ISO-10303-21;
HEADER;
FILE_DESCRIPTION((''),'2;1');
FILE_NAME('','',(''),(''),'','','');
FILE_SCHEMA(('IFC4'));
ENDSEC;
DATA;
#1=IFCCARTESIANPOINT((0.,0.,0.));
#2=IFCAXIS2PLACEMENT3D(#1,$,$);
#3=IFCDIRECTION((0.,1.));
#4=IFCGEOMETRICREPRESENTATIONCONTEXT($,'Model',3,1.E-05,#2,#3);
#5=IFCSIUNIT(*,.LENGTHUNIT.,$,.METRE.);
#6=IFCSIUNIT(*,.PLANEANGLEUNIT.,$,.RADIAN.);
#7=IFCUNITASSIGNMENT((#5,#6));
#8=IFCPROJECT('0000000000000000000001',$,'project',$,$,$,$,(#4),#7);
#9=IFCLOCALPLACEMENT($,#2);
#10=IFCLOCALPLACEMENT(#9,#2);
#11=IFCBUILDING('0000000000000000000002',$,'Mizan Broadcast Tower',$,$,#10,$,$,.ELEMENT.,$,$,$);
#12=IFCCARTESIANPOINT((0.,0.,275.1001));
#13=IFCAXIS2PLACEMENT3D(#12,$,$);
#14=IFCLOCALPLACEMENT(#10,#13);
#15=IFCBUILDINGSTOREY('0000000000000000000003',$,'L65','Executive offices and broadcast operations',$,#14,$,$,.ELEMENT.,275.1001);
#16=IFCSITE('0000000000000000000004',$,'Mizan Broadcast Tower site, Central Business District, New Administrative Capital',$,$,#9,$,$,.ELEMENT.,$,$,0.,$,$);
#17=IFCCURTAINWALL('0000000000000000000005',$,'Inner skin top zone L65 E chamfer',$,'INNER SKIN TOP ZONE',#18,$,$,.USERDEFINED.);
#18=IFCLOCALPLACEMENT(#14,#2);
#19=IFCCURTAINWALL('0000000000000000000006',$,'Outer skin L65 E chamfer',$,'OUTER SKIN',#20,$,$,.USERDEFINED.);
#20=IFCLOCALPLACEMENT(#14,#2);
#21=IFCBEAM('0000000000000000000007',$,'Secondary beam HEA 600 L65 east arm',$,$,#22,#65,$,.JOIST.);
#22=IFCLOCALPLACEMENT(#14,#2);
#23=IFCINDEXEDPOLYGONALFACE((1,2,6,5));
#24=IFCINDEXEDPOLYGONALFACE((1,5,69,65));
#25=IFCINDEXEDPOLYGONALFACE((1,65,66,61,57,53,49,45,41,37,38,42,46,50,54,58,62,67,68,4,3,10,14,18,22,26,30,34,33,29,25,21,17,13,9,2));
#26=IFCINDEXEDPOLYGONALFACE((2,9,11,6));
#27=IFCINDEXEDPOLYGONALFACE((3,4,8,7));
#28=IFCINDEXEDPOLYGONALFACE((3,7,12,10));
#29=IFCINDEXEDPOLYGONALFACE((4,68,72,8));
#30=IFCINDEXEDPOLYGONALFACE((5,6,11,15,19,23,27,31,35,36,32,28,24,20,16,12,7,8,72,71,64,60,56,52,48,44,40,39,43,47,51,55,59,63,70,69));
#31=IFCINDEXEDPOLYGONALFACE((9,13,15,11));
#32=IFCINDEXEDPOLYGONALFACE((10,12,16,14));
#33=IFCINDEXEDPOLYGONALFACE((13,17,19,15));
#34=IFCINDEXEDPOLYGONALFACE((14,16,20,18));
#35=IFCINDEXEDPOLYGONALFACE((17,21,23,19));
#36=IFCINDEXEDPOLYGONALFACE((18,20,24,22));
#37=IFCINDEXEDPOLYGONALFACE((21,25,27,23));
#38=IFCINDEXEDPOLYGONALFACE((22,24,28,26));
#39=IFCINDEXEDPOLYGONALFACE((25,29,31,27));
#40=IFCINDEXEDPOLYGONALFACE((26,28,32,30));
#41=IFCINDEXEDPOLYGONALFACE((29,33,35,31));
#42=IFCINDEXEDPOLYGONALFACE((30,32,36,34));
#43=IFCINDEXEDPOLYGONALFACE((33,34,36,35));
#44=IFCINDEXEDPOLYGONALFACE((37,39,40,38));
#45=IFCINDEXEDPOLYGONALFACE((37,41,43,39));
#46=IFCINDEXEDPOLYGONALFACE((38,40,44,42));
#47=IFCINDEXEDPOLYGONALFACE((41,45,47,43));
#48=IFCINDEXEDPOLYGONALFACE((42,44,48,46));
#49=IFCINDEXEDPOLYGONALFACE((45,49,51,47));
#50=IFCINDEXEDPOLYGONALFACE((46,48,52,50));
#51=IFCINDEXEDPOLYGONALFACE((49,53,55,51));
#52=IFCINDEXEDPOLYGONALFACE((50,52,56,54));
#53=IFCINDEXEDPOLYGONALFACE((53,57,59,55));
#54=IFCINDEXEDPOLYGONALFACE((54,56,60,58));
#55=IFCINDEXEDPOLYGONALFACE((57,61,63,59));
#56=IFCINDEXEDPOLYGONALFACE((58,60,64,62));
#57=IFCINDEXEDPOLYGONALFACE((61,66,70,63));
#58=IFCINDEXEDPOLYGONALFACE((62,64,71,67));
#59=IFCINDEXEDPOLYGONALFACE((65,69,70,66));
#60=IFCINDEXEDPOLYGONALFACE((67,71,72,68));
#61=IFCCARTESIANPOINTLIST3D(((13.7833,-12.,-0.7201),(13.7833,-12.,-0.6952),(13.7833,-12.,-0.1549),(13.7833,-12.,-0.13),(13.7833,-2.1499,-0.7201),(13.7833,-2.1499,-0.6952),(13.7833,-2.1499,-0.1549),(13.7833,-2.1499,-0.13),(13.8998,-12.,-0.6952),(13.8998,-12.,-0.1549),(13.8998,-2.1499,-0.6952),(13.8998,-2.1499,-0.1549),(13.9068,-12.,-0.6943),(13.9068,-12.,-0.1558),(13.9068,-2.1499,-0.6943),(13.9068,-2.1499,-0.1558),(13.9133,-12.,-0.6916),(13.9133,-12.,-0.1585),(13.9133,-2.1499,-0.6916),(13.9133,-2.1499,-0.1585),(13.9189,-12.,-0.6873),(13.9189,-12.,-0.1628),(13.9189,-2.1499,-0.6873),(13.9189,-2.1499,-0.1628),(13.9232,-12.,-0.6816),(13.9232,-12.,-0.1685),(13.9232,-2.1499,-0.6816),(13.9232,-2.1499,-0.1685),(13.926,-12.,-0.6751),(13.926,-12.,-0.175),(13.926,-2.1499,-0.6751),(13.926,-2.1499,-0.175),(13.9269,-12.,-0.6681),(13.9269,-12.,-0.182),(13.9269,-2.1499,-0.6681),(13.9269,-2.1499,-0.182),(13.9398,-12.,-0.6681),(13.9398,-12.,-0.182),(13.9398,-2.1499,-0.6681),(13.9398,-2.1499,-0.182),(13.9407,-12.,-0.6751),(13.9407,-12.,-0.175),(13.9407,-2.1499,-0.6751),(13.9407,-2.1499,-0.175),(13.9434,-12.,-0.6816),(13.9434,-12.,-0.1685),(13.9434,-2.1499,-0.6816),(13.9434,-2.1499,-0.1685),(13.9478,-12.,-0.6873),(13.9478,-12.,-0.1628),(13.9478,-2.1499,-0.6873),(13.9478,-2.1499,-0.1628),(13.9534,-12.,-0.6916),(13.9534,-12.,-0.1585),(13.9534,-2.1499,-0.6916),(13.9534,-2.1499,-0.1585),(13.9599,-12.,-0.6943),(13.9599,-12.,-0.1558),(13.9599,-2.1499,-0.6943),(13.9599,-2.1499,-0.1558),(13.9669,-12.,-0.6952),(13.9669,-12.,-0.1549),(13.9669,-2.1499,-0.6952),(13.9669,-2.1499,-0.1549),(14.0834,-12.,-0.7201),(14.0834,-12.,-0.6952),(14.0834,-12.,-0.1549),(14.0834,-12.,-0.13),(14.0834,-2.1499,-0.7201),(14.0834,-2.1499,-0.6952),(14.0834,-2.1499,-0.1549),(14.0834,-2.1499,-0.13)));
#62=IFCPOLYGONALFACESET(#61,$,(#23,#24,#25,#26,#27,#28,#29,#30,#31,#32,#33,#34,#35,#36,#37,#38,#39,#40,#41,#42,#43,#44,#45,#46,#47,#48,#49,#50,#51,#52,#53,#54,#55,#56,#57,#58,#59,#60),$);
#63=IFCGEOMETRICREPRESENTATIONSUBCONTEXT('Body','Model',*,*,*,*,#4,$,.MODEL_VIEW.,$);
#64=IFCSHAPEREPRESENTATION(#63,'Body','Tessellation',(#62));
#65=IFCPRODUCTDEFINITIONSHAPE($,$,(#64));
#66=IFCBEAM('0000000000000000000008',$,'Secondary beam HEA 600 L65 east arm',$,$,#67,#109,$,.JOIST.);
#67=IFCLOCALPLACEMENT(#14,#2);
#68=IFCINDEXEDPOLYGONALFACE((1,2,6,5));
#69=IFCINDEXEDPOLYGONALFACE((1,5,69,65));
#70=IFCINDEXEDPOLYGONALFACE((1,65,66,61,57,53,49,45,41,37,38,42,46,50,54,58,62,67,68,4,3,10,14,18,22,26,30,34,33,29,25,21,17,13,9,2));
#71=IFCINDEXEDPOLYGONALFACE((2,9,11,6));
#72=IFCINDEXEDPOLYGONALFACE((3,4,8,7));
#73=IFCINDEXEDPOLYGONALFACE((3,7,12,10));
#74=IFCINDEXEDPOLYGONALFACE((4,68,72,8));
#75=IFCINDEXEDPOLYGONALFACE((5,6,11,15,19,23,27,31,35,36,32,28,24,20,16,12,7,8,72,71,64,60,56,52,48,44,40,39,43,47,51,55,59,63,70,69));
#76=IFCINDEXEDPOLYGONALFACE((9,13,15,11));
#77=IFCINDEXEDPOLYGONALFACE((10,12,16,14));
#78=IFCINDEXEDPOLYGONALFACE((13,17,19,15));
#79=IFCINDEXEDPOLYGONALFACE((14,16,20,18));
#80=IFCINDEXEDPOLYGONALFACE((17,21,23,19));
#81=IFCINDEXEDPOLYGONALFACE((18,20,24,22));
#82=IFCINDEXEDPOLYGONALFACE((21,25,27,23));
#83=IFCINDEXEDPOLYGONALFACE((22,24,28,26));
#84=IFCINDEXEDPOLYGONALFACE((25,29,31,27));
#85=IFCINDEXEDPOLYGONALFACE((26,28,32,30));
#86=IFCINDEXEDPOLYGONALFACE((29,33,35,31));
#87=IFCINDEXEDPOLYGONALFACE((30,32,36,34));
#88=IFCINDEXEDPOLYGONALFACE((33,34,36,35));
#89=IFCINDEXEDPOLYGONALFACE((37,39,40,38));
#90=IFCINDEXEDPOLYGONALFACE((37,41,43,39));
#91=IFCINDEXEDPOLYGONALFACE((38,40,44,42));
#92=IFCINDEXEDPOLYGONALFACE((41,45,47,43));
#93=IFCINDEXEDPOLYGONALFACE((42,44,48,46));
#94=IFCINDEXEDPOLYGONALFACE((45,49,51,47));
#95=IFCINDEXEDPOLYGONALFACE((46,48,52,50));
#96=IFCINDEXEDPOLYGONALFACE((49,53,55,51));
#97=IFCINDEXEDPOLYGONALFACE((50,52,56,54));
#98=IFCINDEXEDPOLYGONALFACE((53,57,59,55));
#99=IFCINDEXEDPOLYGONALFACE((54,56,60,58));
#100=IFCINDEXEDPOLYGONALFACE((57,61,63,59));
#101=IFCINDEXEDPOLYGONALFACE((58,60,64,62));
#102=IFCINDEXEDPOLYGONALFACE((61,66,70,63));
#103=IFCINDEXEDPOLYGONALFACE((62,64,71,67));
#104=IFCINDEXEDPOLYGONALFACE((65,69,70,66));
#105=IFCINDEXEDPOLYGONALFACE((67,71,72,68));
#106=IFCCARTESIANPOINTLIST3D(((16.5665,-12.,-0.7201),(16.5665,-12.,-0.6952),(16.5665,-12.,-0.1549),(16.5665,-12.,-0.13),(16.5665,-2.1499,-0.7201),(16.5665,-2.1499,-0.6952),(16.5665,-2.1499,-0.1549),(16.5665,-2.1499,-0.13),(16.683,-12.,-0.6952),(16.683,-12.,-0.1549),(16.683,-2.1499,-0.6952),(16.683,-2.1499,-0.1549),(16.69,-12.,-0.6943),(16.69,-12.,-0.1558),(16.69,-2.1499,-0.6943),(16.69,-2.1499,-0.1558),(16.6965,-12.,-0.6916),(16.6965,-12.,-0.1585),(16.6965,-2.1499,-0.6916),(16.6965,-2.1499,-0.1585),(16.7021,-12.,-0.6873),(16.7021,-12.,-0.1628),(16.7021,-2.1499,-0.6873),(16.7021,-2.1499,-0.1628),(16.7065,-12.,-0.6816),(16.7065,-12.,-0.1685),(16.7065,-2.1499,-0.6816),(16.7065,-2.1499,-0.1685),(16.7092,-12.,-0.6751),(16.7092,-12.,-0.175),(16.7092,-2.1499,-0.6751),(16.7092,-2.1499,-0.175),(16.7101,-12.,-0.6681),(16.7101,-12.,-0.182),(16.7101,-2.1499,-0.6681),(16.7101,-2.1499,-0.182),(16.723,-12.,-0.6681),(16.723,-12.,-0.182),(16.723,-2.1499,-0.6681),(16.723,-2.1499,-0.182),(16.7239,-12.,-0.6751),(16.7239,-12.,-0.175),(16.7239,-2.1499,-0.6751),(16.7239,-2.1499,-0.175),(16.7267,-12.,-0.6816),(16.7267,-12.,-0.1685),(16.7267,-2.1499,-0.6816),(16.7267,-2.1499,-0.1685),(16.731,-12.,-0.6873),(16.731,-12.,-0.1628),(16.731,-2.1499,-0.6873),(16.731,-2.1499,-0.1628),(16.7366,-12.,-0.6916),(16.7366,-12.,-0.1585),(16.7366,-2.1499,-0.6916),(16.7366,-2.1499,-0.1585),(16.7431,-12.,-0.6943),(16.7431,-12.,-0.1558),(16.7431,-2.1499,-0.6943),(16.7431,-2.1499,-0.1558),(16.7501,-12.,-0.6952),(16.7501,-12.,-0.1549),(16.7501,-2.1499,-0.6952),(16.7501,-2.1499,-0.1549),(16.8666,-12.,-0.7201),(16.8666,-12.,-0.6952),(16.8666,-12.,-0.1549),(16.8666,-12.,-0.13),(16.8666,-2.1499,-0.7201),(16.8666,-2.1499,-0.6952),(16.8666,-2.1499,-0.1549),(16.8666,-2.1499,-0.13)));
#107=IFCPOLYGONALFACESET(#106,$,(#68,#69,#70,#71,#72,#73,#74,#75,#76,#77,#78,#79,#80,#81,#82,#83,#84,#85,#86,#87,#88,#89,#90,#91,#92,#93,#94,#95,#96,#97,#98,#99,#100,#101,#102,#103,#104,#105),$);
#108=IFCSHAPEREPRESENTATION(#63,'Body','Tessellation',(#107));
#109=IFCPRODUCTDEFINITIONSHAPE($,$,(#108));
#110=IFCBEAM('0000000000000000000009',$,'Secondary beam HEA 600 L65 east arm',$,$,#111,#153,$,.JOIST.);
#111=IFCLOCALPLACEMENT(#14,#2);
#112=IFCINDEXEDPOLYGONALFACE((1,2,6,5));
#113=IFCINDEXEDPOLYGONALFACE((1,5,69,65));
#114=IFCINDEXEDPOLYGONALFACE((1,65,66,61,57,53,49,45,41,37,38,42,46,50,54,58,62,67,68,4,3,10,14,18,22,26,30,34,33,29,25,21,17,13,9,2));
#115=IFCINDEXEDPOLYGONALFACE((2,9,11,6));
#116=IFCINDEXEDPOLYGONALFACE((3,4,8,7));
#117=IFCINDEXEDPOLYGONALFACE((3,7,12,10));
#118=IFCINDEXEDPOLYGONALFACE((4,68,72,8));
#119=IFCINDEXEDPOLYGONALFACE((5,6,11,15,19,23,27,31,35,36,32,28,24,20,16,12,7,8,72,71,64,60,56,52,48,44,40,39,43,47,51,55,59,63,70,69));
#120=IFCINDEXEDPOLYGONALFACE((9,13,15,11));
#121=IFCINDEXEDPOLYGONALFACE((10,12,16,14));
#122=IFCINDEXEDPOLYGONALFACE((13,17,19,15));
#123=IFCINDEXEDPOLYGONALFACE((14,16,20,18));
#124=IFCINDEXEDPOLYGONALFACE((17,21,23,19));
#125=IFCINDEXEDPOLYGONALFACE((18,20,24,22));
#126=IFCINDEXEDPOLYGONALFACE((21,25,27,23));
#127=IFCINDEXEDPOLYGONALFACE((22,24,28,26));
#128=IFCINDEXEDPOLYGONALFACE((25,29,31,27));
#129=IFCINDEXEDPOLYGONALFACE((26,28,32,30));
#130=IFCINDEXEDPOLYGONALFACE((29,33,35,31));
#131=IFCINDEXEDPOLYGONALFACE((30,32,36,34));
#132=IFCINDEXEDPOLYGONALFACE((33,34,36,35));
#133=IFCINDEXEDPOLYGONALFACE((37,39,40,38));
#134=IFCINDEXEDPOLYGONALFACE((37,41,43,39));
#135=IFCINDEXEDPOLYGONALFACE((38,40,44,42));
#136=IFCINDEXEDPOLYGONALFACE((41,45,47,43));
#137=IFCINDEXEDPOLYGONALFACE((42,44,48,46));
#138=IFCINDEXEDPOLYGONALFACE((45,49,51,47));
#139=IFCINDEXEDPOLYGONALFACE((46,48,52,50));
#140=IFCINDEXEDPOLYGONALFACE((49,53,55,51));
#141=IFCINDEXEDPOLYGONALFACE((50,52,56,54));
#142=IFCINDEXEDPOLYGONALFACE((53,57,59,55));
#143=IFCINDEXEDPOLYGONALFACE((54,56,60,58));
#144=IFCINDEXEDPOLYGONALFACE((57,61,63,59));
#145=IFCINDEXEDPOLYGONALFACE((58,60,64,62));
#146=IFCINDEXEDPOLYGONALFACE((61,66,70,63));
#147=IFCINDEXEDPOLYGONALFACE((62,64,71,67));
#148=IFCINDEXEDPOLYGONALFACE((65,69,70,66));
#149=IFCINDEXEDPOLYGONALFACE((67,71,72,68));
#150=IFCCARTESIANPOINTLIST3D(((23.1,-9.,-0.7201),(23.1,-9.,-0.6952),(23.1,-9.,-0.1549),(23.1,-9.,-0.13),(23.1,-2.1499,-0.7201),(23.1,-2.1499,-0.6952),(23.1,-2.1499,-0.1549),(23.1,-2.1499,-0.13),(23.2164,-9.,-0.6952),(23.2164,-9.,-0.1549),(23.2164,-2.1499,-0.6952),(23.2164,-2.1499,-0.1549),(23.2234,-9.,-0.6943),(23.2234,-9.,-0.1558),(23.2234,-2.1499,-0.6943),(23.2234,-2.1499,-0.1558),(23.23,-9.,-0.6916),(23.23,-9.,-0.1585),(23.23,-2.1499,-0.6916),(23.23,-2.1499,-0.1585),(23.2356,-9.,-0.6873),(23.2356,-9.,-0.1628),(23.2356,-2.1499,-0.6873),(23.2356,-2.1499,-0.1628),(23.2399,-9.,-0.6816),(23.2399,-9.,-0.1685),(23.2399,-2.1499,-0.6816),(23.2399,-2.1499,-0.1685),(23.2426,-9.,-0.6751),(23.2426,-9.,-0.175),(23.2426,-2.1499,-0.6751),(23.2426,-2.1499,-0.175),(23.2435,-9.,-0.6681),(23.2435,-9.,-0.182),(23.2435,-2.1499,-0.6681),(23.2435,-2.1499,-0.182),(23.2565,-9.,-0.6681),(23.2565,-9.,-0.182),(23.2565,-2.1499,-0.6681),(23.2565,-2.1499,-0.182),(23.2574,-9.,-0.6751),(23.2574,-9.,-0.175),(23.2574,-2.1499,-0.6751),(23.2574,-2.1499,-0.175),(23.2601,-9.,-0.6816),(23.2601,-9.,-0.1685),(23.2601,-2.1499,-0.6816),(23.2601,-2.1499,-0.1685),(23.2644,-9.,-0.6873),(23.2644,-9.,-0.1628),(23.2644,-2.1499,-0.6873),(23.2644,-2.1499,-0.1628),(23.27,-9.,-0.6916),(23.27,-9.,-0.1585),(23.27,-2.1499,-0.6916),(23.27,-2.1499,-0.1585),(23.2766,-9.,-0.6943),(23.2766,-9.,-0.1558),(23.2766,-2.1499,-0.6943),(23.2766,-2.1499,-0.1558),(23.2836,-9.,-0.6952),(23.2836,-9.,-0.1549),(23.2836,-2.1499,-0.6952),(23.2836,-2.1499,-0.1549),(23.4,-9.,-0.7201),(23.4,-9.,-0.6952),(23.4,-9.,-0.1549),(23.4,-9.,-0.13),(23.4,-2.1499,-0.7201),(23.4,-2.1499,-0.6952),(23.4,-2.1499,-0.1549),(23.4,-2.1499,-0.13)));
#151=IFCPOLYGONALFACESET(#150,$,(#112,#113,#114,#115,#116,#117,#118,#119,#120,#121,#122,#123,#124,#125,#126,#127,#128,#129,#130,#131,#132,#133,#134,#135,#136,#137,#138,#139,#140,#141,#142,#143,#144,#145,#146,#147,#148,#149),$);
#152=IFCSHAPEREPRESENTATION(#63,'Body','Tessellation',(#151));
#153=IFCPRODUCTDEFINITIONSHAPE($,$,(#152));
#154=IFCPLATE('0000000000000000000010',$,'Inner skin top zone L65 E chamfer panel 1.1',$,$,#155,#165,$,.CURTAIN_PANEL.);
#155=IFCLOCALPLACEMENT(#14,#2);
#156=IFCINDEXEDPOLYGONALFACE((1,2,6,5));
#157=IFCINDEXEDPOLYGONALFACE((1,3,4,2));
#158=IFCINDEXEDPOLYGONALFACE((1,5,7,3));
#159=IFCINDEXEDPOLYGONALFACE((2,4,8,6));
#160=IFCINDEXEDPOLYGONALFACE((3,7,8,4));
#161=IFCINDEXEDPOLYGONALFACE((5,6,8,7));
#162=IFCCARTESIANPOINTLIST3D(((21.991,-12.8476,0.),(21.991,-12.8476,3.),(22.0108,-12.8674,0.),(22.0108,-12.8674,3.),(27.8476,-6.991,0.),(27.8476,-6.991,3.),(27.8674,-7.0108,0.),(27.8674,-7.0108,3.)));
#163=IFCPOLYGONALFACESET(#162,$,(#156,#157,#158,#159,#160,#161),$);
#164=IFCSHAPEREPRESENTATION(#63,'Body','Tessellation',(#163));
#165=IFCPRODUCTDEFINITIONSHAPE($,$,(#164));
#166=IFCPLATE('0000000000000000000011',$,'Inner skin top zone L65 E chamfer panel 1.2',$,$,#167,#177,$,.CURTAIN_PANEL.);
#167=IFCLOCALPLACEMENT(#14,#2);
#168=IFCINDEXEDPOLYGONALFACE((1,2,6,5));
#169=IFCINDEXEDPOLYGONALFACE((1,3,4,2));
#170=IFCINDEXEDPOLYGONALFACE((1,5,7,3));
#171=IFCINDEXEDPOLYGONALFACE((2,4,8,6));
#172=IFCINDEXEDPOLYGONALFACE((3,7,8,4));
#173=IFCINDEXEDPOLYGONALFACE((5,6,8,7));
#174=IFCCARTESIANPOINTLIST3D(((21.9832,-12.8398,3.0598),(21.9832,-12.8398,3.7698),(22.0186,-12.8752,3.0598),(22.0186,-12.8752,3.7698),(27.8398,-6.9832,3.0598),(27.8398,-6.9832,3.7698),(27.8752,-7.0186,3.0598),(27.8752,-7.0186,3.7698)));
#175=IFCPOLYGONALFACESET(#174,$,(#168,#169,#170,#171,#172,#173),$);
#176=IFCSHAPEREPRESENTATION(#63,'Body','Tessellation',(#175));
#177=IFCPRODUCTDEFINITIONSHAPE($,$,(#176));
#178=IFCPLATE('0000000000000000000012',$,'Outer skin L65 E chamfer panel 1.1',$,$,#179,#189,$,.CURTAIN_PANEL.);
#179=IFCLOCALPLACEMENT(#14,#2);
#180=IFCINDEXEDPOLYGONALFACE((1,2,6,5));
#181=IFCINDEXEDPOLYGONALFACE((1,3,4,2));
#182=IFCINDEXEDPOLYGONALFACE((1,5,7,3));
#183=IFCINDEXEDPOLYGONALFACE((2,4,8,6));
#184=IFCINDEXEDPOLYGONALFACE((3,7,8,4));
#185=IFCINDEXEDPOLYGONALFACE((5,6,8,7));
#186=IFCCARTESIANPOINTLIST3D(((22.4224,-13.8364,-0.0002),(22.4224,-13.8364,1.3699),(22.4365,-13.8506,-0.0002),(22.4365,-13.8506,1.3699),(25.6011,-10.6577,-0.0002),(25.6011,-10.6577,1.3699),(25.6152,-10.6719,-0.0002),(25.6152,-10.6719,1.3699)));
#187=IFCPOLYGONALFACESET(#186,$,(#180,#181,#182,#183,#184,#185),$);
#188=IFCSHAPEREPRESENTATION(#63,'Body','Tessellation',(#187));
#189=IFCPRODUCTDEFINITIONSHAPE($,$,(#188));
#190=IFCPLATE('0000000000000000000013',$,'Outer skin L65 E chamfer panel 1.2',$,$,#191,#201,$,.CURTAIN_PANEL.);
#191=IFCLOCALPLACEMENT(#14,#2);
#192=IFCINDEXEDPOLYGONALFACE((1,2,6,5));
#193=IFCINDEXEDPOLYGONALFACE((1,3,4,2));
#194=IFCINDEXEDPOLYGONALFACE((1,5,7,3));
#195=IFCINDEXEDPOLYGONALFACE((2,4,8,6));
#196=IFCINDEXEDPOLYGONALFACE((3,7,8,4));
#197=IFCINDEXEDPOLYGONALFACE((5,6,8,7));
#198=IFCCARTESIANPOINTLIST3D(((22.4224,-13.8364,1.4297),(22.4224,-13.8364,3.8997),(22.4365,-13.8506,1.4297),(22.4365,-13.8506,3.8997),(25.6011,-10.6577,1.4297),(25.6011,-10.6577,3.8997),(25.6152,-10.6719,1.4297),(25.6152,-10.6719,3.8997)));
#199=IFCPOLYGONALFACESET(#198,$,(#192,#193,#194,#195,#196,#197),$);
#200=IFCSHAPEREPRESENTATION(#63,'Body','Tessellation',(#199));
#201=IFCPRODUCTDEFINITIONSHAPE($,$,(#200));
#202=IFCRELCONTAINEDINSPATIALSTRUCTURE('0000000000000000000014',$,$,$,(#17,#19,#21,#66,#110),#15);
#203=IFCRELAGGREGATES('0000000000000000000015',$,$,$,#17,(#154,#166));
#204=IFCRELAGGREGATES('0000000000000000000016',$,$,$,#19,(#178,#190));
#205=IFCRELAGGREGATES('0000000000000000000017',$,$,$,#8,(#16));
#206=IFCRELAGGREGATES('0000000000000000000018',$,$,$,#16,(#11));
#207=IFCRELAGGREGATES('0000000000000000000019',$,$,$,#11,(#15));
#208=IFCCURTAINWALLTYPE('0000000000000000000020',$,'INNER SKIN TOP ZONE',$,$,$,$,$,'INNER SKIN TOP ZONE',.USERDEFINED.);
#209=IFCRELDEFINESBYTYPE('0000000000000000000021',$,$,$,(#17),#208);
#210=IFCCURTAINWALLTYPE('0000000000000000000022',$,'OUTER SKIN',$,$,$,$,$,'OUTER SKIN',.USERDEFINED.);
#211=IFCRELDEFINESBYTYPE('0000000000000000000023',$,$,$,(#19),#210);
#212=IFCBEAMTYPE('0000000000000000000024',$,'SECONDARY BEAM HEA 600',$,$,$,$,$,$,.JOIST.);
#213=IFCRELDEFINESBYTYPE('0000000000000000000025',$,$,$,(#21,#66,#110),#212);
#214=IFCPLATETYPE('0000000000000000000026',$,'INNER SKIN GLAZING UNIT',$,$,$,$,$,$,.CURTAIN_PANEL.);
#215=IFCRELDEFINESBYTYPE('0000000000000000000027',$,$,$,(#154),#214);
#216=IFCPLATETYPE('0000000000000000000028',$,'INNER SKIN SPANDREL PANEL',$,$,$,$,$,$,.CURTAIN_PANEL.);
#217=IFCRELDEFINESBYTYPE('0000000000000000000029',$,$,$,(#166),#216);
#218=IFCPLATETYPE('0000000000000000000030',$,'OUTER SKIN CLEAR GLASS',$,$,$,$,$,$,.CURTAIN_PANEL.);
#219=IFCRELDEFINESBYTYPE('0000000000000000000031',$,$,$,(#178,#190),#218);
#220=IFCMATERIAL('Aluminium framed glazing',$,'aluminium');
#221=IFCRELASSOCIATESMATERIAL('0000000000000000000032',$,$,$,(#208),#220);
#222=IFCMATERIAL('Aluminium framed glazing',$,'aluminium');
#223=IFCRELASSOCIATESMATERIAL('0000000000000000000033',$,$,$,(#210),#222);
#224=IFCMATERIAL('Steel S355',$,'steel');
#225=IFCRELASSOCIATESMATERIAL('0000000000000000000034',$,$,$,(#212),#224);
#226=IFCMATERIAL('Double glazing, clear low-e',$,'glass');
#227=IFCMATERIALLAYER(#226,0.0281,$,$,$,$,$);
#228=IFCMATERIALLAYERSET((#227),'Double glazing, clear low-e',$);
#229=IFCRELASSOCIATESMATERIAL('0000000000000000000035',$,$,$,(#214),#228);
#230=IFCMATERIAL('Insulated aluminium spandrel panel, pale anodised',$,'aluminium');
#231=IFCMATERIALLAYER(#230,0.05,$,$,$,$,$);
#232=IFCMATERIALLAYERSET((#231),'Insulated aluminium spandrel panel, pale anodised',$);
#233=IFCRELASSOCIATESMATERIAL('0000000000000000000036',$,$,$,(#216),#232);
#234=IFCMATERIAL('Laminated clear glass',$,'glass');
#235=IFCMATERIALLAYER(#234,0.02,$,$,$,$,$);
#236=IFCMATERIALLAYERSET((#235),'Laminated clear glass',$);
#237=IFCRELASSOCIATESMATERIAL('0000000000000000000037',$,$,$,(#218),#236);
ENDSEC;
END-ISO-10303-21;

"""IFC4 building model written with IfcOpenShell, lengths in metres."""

from ifc_helpers import new_model, si_unit, direction, frame, origin, origin_2d, place, context, subcontext, project, spatial, rectangle, i_section, extrude, material, layer, layer_set, material_profile, profile_set, type_object, element, aggregate, save


model = new_model("IFC4")

# Units and contexts
model_context = context("Model", 3, precision=1e-05, world=origin(), true_north=direction((0.0, 1.0)))
body_context = subcontext(model_context, "Body", "Model", "MODEL_VIEW")
ifc_project = project(units=[si_unit("LENGTHUNIT", "METRE"), si_unit("PLANEANGLEUNIT", "RADIAN")], contexts=[model_context])

# Site, building, storey
site_placement = place(None, origin())
site = spatial("IfcSite", under=ifc_project, at=site_placement, Name="Mizan Broadcast Tower site, Central Business District, New Administrative Capital", CompositionType="ELEMENT", RefElevation=0.0)
building_placement = place(site_placement, origin())
building = spatial("IfcBuilding", under=site, at=building_placement, Name="Mizan Broadcast Tower", CompositionType="ELEMENT")
storey_placement = place(building_placement, frame((0.0, 0.0, 275.1001)))
storey = spatial("IfcBuildingStorey", under=building, at=storey_placement, Name="L65", Description="Executive offices and broadcast operations", CompositionType="ELEMENT", Elevation=275.1001)

# Curtain wall
ifc_material_1 = material(Name="Aluminium framed glazing", Category="aluminium")
curtain_wall_type_1 = type_object("IfcCurtainWallType", Name="INNER SKIN TOP ZONE", ElementType="INNER SKIN TOP ZONE", PredefinedType="USERDEFINED", material=ifc_material_1)
curtain_wall_1_placement = place(storey_placement, origin())
curtain_wall_1 = element("IfcCurtainWall", 1, at=curtain_wall_1_placement, inside=storey, type_object=curtain_wall_type_1, Name="Inner skin top zone L65 E chamfer", ObjectType="INNER SKIN TOP ZONE", PredefinedType="USERDEFINED")

# Curtain wall
ifc_material_2 = material(Name="Aluminium framed glazing", Category="aluminium")
curtain_wall_type_2 = type_object("IfcCurtainWallType", Name="OUTER SKIN", ElementType="OUTER SKIN", PredefinedType="USERDEFINED", material=ifc_material_2)
curtain_wall_2_placement = place(storey_placement, origin())
curtain_wall_2 = element("IfcCurtainWall", 2, at=curtain_wall_2_placement, inside=storey, type_object=curtain_wall_type_2, Name="Outer skin L65 E chamfer", ObjectType="OUTER SKIN", PredefinedType="USERDEFINED")

# Beams
ifc_material_3 = material(Name="Steel S355", Category="steel")
ifc_material_profile_1 = material_profile(ifc_material_3, i_section(OverallWidth=0.3, OverallDepth=0.5901, WebThickness=0.0129, FlangeThickness=0.0249, FilletRadius=0.0271, at=origin_2d()), Name="HEA 600")
ifc_profile_set_1 = profile_set([ifc_material_profile_1], Name="Steel S355")
beam_type_1 = type_object("IfcBeamType", Name="SECONDARY BEAM HEA 600", PredefinedType="JOIST", material=ifc_profile_set_1)
for number, where, z_axis, x_axis, name in (
    (3, (13.9333, -12.0, -0.425), (0.0, 1.0, 0.0), (-1.0, 0.0, 0.0), "Secondary beam HEA 600 L65 east arm"),
    (4, (16.7166, -12.0, -0.425), (0.0, 1.0, 0.0), (-1.0, 0.0, 0.0), "Secondary beam HEA 600 L65 east arm"),
):
    element("IfcBeam", number, at=place(storey_placement, frame(where, z_axis=z_axis, x_axis=x_axis)), inside=storey, type_object=beam_type_1, Name=name, PredefinedType="JOIST", context=body_context, shape_type="SweptSolid", body=[
        extrude(i_section(OverallWidth=0.3, OverallDepth=0.5901, WebThickness=0.0129, FlangeThickness=0.0249, FilletRadius=0.0271, at=origin_2d()), origin(), (0.0, 0.0, 1.0), 9.8501),
    ])
beam_1_placement = place(storey_placement, frame((23.25, -9.0, -0.425), z_axis=(0.0, 1.0, 0.0), x_axis=(-1.0, 0.0, 0.0)))
element("IfcBeam", 5, at=beam_1_placement, inside=storey, type_object=beam_type_1, Name="Secondary beam HEA 600 L65 east arm", PredefinedType="JOIST", context=body_context, shape_type="SweptSolid", body=[
    extrude(i_section(OverallWidth=0.3, OverallDepth=0.5901, WebThickness=0.0129, FlangeThickness=0.0249, FilletRadius=0.0271, at=origin_2d()), origin(), (0.0, 0.0, 1.0), 6.8501),
])

# Plates
ifc_material_4 = material(Name="Double glazing, clear low-e", Category="glass")
ifc_layer_1 = layer(ifc_material_4, 0.0281)
ifc_layer_set_1 = layer_set([ifc_layer_1], Name="Double glazing, clear low-e")
plate_type_1 = type_object("IfcPlateType", Name="INNER SKIN GLAZING UNIT", PredefinedType="CURTAIN_PANEL", material=ifc_layer_set_1)
plate_1_placement = place(storey_placement, frame((24.9292, -9.9292, 0.0), z_axis=(0.0, 0.0, 1.0), x_axis=(0.707107, 0.707107, 0.0)))
plate_1 = element("IfcPlate", 6, at=plate_1_placement, type_object=plate_type_1, Name="Inner skin top zone L65 E chamfer panel 1.1", PredefinedType="CURTAIN_PANEL", context=body_context, shape_type="SweptSolid", body=[
    extrude(rectangle(XDim=8.2825, YDim=0.0281, at=origin_2d()), origin(), (0.0, 0.0, 1.0), 3.0),
])
ifc_material_5 = material(Name="Insulated aluminium spandrel panel, pale anodised", Category="aluminium")
ifc_layer_2 = layer(ifc_material_5, 0.05)
ifc_layer_set_2 = layer_set([ifc_layer_2], Name="Insulated aluminium spandrel panel, pale anodised")
plate_type_2 = type_object("IfcPlateType", Name="INNER SKIN SPANDREL PANEL", PredefinedType="CURTAIN_PANEL", material=ifc_layer_set_2)
plate_2_placement = place(storey_placement, frame((24.9292, -9.9292, 3.0598), z_axis=(0.0, 0.0, 1.0), x_axis=(0.707107, 0.707107, 0.0)))
plate_2 = element("IfcPlate", 7, at=plate_2_placement, type_object=plate_type_2, Name="Inner skin top zone L65 E chamfer panel 1.2", PredefinedType="CURTAIN_PANEL", context=body_context, shape_type="SweptSolid", body=[
    extrude(rectangle(XDim=8.2825, YDim=0.05, at=origin_2d()), origin(), (0.0, 0.0, 1.0), 0.71),
])
aggregate(curtain_wall_1, [plate_1, plate_2])
ifc_material_6 = material(Name="Laminated clear glass", Category="glass")
ifc_layer_3 = layer(ifc_material_6, 0.02)
ifc_layer_set_3 = layer_set([ifc_layer_3], Name="Laminated clear glass")
plate_type_3 = type_object("IfcPlateType", Name="OUTER SKIN CLEAR GLASS", PredefinedType="CURTAIN_PANEL", material=ifc_layer_set_3)
plate_3_placement = place(storey_placement, frame((24.0188, -12.2542, -0.0002), z_axis=(0.0, 0.0, 1.0), x_axis=(0.707107, 0.707107, 0.0)))
plate_3 = element("IfcPlate", 8, at=plate_3_placement, type_object=plate_type_3, Name="Outer skin L65 E chamfer panel 1.1", PredefinedType="CURTAIN_PANEL", context=body_context, shape_type="SweptSolid", body=[
    extrude(rectangle(XDim=4.4954, YDim=0.02, at=origin_2d()), origin(), (0.0, 0.0, 1.0), 1.3701),
])
plate_4_placement = place(storey_placement, frame((24.0188, -12.2542, 1.4297), z_axis=(0.0, 0.0, 1.0), x_axis=(0.707107, 0.707107, 0.0)))
plate_4 = element("IfcPlate", 9, at=plate_4_placement, type_object=plate_type_3, Name="Outer skin L65 E chamfer panel 1.2", PredefinedType="CURTAIN_PANEL", context=body_context, shape_type="SweptSolid", body=[
    extrude(rectangle(XDim=4.4954, YDim=0.02, at=origin_2d()), origin(), (0.0, 0.0, 1.0), 2.47),
])
aggregate(curtain_wall_2, [plate_3, plate_4])

save(model, "model.ifc")
